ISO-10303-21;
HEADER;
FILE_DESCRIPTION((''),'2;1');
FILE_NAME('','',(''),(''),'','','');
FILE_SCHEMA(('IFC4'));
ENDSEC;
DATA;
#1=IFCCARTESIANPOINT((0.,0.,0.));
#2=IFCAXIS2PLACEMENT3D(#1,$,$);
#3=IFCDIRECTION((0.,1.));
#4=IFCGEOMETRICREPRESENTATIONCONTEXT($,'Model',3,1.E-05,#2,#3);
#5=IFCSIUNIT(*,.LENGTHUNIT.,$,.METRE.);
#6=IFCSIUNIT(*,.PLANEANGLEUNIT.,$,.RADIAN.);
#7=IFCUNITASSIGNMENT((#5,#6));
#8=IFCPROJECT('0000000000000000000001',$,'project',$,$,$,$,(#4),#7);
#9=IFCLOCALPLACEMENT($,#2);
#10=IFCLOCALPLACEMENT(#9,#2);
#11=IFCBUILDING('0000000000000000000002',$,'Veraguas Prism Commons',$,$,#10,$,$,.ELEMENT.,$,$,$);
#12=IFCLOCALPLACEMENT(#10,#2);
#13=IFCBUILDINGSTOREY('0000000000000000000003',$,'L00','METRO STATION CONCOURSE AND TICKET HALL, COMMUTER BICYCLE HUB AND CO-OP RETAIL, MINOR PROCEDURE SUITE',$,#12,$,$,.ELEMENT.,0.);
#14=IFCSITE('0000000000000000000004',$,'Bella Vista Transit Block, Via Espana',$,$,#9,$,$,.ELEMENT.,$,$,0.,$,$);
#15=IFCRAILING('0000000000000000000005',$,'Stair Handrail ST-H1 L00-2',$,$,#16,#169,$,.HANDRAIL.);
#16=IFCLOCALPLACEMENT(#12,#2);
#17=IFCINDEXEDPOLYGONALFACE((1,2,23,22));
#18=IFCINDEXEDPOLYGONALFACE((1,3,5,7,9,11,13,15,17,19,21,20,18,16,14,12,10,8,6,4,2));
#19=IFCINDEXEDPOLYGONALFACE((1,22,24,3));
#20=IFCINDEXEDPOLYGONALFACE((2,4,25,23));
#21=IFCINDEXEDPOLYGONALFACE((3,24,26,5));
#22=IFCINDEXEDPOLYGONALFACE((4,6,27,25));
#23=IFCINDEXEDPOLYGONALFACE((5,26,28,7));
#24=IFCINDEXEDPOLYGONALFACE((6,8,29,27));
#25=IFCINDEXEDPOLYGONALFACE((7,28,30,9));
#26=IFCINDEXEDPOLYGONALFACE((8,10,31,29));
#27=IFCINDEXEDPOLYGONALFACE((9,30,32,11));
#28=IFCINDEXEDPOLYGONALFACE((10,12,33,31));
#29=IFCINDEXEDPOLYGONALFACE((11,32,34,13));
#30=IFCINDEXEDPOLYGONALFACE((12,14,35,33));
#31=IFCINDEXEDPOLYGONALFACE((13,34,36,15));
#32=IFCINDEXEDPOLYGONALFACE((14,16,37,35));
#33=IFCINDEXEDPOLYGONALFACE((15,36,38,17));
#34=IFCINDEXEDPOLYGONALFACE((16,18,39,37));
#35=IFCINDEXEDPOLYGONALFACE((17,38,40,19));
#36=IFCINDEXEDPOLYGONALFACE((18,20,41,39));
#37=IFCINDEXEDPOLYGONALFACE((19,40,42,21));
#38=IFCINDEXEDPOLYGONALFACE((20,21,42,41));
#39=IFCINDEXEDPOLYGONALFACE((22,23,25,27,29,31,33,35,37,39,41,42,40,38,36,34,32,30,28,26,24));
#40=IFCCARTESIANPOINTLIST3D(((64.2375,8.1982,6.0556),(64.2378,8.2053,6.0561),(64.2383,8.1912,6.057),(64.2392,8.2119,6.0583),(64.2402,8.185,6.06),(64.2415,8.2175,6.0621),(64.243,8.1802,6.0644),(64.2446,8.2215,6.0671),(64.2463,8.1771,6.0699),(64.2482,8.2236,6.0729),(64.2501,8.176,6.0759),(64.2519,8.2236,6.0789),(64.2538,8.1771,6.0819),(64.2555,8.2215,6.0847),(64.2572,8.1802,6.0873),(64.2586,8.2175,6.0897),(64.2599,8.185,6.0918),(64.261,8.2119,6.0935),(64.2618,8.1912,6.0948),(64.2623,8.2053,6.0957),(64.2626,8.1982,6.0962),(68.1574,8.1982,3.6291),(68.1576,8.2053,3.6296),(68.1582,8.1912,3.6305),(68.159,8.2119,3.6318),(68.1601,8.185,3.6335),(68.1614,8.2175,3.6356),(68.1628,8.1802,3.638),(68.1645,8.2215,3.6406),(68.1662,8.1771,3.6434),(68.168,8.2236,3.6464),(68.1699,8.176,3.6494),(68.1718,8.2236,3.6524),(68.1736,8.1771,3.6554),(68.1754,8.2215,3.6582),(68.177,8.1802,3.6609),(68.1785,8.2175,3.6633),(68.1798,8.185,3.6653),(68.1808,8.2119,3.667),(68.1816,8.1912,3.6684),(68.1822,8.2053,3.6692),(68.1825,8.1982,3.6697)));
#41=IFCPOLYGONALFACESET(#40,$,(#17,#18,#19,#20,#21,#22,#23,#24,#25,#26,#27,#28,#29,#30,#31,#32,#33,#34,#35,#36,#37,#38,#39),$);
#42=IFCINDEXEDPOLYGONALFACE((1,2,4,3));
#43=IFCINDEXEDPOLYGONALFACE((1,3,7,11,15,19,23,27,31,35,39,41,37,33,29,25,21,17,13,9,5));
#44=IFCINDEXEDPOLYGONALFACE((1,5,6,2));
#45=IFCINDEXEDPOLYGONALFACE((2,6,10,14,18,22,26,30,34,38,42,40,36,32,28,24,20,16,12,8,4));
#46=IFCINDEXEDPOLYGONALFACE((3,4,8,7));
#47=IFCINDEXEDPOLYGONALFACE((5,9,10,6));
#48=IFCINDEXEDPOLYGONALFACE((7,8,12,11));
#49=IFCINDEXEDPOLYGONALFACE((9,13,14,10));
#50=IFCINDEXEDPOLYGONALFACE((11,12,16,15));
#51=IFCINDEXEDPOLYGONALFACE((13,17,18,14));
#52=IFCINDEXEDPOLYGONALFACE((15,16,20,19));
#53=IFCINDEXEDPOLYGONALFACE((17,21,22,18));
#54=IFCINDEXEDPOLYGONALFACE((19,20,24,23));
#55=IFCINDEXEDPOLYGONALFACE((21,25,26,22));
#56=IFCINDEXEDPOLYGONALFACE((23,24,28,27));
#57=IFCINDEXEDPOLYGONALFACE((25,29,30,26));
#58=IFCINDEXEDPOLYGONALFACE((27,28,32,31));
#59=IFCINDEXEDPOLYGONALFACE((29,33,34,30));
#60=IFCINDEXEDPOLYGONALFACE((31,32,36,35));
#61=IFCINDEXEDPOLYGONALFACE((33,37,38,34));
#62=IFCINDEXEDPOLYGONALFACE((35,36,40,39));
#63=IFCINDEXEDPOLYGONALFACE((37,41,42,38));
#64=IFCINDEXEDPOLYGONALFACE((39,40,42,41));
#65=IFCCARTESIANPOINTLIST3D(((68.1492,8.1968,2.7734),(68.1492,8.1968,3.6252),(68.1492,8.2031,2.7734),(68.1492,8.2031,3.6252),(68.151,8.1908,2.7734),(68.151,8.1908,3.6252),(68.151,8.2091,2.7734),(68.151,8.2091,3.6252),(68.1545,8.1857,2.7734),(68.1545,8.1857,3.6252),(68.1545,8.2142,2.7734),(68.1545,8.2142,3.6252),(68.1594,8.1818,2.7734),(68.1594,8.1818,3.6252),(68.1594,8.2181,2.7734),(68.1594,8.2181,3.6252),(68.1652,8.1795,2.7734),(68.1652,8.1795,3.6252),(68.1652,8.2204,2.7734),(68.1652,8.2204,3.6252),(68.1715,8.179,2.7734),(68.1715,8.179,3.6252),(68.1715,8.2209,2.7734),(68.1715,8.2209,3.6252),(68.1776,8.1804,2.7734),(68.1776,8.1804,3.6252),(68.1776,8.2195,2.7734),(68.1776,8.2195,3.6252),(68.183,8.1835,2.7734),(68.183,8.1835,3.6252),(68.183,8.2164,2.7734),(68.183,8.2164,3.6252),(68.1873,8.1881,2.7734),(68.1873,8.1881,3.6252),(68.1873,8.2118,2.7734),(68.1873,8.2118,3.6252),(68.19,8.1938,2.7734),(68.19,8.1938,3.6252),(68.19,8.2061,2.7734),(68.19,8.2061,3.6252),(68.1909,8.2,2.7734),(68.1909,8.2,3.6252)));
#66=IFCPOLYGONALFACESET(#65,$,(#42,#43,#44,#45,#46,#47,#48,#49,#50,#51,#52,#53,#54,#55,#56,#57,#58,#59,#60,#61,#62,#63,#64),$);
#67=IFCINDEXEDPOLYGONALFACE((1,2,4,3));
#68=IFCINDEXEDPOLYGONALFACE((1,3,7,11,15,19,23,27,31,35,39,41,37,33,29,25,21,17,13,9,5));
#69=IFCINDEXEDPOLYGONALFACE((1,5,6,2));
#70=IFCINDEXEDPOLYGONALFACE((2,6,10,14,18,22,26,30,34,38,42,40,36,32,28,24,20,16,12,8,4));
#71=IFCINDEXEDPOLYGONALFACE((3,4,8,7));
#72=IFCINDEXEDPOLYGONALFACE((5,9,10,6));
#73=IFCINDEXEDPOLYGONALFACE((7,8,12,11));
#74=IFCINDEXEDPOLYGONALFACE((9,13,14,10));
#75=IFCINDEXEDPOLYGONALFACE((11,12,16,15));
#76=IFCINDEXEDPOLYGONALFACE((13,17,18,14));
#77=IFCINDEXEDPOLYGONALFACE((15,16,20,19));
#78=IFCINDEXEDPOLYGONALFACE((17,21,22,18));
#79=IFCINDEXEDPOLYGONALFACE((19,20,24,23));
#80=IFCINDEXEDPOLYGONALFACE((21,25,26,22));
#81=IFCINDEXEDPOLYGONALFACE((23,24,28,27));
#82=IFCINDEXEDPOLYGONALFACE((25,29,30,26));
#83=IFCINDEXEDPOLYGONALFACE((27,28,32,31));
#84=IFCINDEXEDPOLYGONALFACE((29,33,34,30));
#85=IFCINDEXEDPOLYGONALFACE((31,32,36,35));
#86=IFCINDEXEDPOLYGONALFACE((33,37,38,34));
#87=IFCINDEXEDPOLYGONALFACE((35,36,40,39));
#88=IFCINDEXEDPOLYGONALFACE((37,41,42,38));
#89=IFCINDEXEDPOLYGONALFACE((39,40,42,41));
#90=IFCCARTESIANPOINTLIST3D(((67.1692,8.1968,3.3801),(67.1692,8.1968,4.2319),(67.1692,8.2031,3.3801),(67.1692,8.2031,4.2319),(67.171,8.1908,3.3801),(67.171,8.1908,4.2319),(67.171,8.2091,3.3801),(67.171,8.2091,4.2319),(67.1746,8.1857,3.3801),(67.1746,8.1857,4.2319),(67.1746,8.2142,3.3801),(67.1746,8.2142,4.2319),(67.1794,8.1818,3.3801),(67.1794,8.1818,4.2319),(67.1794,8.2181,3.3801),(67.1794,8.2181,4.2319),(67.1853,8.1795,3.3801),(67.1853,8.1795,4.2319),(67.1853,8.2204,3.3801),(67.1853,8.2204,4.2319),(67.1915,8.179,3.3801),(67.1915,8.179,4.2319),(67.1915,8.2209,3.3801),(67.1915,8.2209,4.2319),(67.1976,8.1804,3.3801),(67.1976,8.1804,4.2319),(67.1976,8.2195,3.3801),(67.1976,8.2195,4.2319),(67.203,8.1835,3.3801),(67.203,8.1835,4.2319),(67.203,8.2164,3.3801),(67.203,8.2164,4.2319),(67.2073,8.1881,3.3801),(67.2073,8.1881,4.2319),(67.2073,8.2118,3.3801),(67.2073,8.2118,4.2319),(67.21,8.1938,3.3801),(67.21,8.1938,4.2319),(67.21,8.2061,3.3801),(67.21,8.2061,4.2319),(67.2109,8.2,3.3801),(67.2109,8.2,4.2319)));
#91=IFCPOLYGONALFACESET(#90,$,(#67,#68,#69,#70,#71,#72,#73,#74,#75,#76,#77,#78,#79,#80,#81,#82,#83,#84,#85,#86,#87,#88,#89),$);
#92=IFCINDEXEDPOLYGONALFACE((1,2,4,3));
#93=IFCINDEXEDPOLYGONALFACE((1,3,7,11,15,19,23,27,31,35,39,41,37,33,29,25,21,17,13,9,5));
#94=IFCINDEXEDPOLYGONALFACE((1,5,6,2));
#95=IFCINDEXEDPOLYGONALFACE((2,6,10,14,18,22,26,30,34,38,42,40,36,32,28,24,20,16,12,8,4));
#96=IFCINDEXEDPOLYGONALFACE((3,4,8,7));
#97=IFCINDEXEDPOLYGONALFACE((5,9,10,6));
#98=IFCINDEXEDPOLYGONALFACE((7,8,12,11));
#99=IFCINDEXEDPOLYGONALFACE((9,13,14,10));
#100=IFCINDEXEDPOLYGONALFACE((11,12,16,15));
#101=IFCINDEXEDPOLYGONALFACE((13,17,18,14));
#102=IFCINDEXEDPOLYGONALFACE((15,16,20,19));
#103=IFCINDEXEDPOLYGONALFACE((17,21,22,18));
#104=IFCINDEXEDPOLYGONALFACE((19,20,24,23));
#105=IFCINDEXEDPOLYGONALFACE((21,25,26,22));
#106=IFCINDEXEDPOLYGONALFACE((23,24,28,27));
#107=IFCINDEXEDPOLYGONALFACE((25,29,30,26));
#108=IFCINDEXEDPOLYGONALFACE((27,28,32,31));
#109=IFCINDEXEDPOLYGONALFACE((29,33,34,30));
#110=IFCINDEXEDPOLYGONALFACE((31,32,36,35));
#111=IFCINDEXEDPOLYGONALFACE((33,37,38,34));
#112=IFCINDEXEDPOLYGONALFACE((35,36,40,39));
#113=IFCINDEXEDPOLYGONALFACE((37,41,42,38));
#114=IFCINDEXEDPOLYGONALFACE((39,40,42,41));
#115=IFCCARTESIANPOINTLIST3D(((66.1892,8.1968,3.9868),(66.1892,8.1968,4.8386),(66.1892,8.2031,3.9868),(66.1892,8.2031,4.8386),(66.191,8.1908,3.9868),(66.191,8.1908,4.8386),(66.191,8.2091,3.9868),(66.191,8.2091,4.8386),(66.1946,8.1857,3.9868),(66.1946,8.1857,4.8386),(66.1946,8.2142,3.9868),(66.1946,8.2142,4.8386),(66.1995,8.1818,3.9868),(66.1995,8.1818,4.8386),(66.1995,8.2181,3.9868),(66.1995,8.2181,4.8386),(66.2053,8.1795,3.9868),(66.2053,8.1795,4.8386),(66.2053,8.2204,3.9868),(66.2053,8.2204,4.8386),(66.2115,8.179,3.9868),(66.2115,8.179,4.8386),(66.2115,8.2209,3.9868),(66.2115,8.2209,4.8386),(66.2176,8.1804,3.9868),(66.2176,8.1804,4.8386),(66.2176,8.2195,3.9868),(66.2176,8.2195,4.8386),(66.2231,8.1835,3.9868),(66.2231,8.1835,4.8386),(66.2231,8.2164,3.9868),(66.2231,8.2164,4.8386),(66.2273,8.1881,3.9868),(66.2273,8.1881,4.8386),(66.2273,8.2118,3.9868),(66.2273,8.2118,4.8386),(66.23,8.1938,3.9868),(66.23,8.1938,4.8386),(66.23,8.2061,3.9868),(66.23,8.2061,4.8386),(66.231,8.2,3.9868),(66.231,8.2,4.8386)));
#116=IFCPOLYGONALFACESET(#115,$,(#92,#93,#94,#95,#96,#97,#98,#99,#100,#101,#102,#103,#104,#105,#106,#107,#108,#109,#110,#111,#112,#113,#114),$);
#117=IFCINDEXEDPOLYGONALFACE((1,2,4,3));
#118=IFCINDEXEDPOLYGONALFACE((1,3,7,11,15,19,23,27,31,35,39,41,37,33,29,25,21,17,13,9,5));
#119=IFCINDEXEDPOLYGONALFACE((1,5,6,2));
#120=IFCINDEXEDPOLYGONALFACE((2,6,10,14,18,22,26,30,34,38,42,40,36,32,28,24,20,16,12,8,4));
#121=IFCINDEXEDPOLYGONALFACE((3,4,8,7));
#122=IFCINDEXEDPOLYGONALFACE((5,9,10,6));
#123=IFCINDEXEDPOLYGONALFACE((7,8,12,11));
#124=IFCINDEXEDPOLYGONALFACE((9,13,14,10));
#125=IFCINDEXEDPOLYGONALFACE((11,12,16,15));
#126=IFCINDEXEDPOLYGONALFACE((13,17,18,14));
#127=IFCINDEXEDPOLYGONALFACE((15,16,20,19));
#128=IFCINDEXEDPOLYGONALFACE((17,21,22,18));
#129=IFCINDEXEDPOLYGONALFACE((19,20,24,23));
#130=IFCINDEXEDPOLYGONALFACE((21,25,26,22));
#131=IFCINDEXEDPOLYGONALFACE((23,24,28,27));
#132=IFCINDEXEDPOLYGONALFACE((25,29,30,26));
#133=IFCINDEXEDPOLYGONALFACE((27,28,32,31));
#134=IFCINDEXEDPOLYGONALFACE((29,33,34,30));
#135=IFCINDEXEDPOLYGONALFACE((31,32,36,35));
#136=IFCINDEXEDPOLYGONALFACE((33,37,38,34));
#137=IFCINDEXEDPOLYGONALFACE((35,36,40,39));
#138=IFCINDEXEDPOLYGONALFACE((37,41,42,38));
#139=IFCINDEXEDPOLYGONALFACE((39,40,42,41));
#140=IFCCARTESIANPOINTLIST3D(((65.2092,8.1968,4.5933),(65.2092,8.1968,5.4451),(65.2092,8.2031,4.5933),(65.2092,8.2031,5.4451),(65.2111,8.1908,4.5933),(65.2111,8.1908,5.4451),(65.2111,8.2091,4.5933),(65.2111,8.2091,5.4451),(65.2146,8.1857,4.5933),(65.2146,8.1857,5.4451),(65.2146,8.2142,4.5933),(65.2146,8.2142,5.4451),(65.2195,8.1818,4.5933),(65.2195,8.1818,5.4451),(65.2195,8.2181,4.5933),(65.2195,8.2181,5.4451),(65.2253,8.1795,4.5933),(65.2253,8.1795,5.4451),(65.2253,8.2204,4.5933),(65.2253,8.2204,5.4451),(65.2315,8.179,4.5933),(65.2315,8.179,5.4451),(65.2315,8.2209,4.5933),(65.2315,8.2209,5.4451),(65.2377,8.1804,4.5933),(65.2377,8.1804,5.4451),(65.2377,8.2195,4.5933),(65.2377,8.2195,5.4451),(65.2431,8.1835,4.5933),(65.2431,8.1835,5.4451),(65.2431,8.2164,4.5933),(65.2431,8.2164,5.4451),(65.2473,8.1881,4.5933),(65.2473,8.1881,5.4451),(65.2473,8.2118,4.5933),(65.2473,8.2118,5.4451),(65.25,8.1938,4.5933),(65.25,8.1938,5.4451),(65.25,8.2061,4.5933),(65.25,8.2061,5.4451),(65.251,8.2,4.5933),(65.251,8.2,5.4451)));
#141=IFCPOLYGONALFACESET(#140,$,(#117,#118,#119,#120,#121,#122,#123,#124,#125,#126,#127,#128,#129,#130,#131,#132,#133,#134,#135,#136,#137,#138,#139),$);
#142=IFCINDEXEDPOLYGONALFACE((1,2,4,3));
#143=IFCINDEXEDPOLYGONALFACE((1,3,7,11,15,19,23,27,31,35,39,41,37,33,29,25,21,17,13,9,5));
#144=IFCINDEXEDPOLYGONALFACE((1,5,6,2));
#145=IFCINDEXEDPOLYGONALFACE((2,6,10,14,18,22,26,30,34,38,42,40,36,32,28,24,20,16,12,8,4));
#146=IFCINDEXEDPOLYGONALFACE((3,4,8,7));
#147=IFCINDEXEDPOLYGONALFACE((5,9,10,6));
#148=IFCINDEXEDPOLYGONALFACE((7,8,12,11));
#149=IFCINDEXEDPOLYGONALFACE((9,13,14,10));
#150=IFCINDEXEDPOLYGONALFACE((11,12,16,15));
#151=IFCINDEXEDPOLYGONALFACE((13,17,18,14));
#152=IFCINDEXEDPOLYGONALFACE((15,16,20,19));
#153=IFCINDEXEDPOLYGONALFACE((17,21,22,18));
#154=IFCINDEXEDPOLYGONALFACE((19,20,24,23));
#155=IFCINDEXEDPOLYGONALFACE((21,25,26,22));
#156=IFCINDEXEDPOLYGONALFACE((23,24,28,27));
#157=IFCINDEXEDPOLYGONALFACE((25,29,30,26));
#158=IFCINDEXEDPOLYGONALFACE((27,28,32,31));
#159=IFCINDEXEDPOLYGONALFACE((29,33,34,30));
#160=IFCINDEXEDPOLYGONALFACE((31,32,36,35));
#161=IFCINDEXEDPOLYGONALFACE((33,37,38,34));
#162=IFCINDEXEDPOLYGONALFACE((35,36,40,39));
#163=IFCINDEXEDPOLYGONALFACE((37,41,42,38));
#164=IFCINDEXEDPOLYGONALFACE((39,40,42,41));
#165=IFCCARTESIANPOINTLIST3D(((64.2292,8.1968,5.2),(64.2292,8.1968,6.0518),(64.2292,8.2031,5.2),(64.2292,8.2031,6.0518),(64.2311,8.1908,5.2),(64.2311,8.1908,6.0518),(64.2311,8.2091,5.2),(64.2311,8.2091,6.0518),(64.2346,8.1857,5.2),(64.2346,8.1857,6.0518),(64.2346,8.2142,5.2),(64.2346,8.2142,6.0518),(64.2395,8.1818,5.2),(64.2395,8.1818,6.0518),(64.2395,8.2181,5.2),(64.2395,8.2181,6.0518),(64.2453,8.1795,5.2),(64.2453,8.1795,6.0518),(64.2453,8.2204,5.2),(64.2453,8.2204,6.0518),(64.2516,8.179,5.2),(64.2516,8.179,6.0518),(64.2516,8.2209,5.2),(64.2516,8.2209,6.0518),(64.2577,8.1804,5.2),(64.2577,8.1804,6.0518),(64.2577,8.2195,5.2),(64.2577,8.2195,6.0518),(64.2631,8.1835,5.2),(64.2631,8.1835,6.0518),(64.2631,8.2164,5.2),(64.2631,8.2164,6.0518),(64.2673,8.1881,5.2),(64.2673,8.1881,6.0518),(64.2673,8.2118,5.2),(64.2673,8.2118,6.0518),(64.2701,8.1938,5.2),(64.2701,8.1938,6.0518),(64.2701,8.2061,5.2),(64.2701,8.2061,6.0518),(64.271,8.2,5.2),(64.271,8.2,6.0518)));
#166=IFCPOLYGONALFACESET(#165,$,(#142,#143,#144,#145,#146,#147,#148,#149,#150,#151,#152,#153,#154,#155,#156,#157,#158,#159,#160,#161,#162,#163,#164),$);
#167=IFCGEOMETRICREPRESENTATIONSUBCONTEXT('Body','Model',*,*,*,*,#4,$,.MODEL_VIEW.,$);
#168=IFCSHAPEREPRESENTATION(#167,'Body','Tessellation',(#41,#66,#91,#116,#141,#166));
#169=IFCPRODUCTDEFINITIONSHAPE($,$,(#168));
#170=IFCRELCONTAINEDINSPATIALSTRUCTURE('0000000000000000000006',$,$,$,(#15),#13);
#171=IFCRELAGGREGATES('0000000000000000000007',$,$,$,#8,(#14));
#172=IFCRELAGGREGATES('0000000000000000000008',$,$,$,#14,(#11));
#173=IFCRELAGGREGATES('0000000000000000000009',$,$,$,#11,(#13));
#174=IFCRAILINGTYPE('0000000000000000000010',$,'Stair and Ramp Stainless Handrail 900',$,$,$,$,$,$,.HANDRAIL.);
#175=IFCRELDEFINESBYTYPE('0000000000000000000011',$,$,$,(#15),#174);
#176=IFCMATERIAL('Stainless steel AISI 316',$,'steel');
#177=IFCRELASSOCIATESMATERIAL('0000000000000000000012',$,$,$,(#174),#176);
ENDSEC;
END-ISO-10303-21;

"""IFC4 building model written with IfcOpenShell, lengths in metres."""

from ifc_helpers import new_model, si_unit, direction, frame, origin, origin_2d, place, context, subcontext, project, spatial, circle, extrude, material, type_object, element, save


model = new_model("IFC4")

# Units and contexts
model_context = context("Model", 3, precision=1e-05, world=origin(), true_north=direction((0.0, 1.0)))
body_context = subcontext(model_context, "Body", "Model", "MODEL_VIEW")
ifc_project = project(units=[si_unit("LENGTHUNIT", "METRE"), si_unit("PLANEANGLEUNIT", "RADIAN")], contexts=[model_context])

# Site, building, storey
site_placement = place(None, origin())
site = spatial("IfcSite", under=ifc_project, at=site_placement, Name="Bella Vista Transit Block, Via Espana", CompositionType="ELEMENT", RefElevation=0.0)
building_placement = place(site_placement, origin())
building = spatial("IfcBuilding", under=site, at=building_placement, Name="Veraguas Prism Commons", CompositionType="ELEMENT")
storey_placement = place(building_placement, origin())
storey = spatial("IfcBuildingStorey", under=building, at=storey_placement, Name="L00", Description="METRO STATION CONCOURSE AND TICKET HALL, COMMUTER BICYCLE HUB AND CO-OP RETAIL, MINOR PROCEDURE SUITE", CompositionType="ELEMENT", Elevation=0.0)

# Shared definitions
ifc_material_1 = material(Name="Stainless steel AISI 316", Category="steel")

# Railing
railing_type_1 = type_object("IfcRailingType", Name="Stair and Ramp Stainless Handrail 900", PredefinedType="HANDRAIL", material=ifc_material_1)
railing_1_placement = place(storey_placement, frame((68.1699, 8.2, 2.7734)))
element("IfcRailing", 1, at=railing_1_placement, inside=storey, type_object=railing_type_1, Name="Stair Handrail ST-H1 L00-2", PredefinedType="HANDRAIL", context=body_context, shape_type="SweptSolid", body=[
    extrude(circle(Radius=0.0239, at=origin_2d()), frame((0.0, 0.0, 0.876), z_axis=(-0.850275, 0.0, 0.526338), x_axis=(0.0, -1.0, 0.0)), (0.0, 0.0, 1.0), 4.6101),
    extrude(circle(Radius=0.021, at=origin_2d()), origin(), (0.0, 0.0, 1.0), 0.8518),
    extrude(circle(Radius=0.021, at=origin_2d()), frame((-0.98, 0.0, 0.6067)), (0.0, 0.0, 1.0), 0.8518),
    extrude(circle(Radius=0.021, at=origin_2d()), frame((-1.96, 0.0, 1.2134)), (0.0, 0.0, 1.0), 0.8518),
    extrude(circle(Radius=0.021, at=origin_2d()), frame((-2.9399, 0.0, 1.8198)), (0.0, 0.0, 1.0), 0.8518),
    extrude(circle(Radius=0.021, at=origin_2d()), frame((-3.9199, 0.0, 2.4265)), (0.0, 0.0, 1.0), 0.8518),
])

save(model, "model.ifc")
